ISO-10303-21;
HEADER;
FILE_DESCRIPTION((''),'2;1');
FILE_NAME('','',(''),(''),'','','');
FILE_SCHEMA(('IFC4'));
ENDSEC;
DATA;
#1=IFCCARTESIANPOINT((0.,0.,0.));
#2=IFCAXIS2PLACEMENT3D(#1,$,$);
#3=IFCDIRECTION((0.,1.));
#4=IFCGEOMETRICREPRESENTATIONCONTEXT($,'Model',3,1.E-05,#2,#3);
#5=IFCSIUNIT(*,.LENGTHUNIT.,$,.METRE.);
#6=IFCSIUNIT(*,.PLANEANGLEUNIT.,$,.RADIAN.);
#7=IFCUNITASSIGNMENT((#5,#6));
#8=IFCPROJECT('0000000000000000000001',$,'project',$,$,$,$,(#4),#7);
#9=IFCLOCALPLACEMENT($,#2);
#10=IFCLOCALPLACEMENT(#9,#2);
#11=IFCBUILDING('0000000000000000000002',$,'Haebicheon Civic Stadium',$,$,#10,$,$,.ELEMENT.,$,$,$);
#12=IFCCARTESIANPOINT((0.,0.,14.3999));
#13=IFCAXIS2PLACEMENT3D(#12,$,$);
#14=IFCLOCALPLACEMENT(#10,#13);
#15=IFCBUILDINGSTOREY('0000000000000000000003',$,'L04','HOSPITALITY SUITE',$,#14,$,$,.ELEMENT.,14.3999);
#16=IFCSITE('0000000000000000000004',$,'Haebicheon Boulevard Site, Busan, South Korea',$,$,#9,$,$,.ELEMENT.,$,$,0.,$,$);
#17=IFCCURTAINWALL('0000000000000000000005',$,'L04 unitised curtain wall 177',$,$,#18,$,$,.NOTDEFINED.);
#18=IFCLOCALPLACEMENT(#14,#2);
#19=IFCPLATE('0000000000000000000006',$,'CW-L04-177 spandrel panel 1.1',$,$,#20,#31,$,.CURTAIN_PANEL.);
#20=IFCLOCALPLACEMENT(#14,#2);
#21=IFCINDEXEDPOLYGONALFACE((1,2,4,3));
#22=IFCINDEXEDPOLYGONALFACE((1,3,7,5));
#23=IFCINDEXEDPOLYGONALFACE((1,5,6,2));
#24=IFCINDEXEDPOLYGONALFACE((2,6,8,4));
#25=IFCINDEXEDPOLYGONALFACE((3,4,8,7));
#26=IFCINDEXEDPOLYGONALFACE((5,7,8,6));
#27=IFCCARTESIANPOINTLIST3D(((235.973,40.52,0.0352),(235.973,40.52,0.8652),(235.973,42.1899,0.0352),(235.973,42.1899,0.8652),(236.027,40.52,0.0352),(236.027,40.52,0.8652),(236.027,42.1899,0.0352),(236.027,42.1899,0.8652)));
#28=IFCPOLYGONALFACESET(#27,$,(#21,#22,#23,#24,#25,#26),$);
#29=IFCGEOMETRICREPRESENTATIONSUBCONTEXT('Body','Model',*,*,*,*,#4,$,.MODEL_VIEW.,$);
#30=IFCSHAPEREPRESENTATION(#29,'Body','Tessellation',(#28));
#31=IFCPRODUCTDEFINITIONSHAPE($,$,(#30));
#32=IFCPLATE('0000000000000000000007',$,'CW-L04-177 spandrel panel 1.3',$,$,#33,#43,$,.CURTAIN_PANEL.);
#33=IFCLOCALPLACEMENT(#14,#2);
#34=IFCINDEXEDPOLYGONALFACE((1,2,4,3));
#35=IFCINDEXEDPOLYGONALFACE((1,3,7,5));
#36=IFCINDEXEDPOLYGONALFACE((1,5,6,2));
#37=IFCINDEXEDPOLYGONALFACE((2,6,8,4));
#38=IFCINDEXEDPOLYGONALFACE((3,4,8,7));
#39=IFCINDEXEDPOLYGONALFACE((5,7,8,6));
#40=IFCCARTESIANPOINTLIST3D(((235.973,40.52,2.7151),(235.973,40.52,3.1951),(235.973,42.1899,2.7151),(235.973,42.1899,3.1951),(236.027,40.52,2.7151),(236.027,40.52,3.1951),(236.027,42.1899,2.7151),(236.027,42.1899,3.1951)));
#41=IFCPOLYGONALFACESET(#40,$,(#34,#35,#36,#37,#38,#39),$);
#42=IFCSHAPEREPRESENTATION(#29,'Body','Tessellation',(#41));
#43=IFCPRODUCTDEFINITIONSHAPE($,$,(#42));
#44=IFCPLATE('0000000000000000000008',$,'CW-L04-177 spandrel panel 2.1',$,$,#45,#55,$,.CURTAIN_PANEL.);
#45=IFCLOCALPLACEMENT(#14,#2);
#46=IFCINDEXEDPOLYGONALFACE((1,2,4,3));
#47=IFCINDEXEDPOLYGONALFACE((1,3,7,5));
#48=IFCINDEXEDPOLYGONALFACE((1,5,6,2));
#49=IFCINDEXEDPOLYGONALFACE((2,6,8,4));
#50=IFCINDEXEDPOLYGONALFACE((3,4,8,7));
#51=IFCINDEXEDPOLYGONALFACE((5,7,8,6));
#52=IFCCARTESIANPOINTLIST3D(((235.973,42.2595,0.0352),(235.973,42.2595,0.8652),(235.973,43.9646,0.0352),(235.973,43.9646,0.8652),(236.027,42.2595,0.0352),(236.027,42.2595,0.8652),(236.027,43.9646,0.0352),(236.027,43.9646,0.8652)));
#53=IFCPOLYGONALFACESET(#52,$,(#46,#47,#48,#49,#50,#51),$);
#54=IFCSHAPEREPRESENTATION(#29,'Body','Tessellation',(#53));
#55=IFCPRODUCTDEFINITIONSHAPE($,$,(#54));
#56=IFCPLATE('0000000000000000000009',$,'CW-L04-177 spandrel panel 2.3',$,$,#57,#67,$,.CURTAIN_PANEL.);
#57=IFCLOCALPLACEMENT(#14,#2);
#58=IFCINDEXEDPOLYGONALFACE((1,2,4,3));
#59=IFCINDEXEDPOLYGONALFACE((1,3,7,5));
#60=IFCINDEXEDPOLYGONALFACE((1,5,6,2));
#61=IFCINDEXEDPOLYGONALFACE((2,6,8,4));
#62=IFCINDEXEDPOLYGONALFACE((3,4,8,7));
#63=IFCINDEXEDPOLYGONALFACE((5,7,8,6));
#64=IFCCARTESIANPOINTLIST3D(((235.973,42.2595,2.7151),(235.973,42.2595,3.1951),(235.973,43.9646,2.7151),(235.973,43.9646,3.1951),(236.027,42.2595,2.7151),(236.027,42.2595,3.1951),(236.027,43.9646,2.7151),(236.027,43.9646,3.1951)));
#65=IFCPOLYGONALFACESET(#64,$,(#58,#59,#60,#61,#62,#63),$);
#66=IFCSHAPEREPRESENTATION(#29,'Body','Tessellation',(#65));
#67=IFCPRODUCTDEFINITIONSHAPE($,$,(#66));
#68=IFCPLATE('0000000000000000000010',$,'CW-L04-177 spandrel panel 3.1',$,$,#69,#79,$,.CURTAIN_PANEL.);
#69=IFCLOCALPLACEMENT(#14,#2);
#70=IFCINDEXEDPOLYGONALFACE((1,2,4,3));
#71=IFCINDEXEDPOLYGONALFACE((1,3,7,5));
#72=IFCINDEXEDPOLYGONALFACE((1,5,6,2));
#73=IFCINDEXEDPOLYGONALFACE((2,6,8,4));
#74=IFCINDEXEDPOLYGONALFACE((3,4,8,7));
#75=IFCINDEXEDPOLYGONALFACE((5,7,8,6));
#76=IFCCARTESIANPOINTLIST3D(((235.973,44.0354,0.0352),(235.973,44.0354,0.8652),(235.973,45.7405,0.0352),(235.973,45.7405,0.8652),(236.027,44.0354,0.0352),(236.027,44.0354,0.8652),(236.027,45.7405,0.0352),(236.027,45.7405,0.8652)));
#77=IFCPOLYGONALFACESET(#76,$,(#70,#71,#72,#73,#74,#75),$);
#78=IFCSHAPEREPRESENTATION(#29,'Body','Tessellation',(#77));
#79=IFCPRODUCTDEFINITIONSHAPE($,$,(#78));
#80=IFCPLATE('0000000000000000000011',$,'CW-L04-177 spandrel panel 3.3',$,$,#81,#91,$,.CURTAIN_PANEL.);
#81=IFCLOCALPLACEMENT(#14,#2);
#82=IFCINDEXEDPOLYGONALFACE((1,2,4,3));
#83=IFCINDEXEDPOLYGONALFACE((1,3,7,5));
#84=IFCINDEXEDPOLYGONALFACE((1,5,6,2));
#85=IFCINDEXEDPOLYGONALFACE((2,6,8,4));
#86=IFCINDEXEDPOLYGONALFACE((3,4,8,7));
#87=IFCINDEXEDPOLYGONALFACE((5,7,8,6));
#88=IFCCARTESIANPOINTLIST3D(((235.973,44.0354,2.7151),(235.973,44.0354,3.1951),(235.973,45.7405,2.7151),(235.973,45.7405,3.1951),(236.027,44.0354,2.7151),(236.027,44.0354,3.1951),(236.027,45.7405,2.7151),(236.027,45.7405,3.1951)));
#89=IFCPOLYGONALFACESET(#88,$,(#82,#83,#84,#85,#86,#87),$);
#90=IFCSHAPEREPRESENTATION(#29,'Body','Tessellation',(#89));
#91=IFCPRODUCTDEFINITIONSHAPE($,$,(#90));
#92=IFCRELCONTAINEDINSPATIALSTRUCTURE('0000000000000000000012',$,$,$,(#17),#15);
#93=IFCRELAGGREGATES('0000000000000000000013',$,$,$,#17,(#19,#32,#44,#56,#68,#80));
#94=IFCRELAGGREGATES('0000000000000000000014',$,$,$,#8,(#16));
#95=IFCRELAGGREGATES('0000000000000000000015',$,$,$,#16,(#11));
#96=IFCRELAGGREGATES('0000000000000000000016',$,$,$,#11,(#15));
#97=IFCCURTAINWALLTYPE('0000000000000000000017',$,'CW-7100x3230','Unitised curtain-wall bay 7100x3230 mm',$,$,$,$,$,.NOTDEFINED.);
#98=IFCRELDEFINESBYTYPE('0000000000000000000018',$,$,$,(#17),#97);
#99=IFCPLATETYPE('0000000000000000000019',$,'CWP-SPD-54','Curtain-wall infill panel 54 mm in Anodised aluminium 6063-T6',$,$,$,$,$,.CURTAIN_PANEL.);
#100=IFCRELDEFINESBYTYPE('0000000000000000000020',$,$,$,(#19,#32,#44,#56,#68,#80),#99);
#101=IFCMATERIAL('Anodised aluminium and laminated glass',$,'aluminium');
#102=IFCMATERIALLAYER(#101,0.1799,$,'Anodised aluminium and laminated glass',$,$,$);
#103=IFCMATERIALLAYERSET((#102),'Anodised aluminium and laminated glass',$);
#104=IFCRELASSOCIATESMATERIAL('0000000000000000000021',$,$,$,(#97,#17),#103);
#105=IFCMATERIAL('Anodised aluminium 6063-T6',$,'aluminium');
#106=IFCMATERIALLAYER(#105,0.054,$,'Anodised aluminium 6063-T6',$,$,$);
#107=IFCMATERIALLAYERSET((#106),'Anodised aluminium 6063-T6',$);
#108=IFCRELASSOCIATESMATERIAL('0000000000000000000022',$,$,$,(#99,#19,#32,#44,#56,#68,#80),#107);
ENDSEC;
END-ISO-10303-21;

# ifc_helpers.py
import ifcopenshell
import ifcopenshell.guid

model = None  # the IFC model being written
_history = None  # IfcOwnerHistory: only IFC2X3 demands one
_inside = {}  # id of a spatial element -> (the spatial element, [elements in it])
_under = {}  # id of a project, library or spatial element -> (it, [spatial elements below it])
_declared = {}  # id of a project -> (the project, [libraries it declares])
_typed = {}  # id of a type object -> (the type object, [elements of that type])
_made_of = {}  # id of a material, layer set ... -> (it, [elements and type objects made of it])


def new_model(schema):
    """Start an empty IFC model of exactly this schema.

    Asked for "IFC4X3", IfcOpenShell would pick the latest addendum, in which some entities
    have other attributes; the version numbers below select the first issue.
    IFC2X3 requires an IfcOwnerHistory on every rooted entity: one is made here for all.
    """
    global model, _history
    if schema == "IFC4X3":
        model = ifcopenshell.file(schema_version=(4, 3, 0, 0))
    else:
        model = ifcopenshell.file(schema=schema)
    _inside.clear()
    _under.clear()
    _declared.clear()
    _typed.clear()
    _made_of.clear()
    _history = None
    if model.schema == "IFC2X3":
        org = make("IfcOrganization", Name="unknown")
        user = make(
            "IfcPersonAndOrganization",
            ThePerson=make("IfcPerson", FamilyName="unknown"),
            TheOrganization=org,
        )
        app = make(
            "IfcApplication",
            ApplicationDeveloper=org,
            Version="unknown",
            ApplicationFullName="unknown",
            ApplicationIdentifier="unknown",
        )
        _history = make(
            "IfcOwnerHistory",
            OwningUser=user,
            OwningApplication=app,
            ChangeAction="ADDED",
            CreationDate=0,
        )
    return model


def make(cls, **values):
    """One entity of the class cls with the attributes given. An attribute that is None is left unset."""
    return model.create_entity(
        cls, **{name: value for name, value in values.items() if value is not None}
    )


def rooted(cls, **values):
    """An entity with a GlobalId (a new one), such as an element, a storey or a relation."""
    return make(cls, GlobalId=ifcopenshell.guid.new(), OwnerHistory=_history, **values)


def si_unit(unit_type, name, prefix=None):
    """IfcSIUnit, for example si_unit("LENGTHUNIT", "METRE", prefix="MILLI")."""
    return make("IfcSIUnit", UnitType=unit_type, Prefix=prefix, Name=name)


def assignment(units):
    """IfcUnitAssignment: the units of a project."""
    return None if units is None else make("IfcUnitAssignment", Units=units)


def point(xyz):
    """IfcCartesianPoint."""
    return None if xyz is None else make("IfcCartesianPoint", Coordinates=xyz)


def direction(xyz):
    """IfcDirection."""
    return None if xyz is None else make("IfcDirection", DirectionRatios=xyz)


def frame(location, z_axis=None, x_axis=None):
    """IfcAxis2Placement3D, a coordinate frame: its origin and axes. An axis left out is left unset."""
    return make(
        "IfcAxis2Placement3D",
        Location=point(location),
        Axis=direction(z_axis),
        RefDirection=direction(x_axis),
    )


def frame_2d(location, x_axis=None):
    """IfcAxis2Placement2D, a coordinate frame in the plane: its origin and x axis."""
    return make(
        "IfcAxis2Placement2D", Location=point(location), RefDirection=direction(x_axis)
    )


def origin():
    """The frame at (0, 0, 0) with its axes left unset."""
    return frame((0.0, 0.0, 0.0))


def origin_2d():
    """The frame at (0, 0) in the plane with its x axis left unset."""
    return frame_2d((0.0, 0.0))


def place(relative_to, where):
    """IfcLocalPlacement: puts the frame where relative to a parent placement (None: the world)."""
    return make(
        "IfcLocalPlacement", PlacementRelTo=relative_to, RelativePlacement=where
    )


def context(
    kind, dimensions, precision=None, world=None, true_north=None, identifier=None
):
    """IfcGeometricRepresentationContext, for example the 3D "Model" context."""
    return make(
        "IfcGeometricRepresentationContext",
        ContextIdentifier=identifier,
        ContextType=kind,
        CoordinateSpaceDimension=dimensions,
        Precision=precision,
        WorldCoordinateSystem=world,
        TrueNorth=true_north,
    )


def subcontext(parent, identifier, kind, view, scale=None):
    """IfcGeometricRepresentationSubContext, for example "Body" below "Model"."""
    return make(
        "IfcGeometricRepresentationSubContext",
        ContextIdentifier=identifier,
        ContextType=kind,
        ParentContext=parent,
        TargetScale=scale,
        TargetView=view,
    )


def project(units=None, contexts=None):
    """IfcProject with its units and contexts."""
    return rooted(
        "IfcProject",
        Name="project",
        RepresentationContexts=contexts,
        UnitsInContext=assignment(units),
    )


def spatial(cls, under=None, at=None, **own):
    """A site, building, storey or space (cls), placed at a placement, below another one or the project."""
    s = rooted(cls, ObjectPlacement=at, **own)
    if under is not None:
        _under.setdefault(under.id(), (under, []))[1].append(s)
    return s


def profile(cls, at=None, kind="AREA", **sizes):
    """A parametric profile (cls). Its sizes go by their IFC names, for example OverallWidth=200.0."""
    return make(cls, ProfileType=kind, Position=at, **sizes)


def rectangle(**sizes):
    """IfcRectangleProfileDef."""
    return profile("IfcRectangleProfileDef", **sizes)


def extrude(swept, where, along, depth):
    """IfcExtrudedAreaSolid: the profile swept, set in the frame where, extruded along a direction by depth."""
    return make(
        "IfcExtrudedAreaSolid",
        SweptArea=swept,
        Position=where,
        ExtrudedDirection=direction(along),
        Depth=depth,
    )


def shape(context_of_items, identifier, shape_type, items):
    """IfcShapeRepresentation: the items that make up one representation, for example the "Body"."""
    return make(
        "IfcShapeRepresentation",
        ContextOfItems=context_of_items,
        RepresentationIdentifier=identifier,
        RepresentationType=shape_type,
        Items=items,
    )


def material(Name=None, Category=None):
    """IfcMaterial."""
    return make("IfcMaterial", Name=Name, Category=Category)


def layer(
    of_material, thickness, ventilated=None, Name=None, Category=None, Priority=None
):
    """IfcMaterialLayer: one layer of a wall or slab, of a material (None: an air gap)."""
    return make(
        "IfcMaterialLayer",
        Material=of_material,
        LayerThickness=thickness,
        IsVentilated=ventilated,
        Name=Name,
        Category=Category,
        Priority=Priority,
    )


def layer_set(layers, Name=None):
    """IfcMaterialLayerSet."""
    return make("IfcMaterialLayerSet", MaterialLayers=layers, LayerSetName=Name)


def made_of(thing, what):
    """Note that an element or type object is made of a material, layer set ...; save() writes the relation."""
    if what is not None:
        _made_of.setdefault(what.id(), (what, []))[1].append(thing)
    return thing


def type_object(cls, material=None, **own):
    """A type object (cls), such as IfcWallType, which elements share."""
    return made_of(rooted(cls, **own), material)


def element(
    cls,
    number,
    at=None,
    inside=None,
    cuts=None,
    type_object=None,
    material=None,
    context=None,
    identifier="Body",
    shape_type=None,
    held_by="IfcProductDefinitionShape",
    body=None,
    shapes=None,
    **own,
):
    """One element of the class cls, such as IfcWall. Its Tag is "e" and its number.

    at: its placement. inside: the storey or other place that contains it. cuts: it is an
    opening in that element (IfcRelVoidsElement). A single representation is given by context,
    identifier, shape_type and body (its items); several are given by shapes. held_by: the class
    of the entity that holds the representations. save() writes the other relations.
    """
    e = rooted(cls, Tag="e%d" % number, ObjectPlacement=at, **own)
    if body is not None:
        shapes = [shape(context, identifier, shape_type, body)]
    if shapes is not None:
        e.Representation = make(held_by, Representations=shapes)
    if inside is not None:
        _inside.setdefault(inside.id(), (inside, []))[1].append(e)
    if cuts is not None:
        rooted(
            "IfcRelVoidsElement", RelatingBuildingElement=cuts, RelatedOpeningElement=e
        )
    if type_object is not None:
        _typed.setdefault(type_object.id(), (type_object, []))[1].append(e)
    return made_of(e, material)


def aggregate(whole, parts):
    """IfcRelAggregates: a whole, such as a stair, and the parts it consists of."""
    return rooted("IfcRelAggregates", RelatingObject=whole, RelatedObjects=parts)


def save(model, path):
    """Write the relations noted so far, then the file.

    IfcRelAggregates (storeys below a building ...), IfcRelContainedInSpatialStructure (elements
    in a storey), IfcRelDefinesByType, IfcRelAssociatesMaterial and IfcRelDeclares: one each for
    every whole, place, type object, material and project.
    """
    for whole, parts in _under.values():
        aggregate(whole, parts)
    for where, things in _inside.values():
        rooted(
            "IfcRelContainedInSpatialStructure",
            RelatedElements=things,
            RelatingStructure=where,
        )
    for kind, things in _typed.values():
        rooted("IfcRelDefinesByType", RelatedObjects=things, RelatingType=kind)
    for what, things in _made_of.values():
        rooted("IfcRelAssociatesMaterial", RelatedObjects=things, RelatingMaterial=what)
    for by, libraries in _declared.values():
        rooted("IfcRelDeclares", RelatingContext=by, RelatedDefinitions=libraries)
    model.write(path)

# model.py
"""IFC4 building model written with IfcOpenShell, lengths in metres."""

from ifc_helpers import new_model, si_unit, direction, frame, origin, origin_2d, place, context, subcontext, project, spatial, rectangle, extrude, material, layer, layer_set, type_object, element, aggregate, save


model = new_model("IFC4")

# Units and contexts
model_context = context("Model", 3, precision=1e-05, world=origin(), true_north=direction((0.0, 1.0)))
body_context = subcontext(model_context, "Body", "Model", "MODEL_VIEW")
ifc_project = project(units=[si_unit("LENGTHUNIT", "METRE"), si_unit("PLANEANGLEUNIT", "RADIAN")], contexts=[model_context])

# Site, building, storey
site_placement = place(None, origin())
site = spatial("IfcSite", under=ifc_project, at=site_placement, Name="Haebicheon Boulevard Site, Busan, South Korea", CompositionType="ELEMENT", RefElevation=0.0)
building_placement = place(site_placement, origin())
building = spatial("IfcBuilding", under=site, at=building_placement, Name="Haebicheon Civic Stadium", CompositionType="ELEMENT")
storey_placement = place(building_placement, frame((0.0, 0.0, 14.3999)))
storey = spatial("IfcBuildingStorey", under=building, at=storey_placement, Name="L04", Description="HOSPITALITY SUITE", CompositionType="ELEMENT", Elevation=14.3999)

# Curtain wall, plates
ifc_material_1 = material(Name="Anodised aluminium and laminated glass", Category="aluminium")
ifc_layer_1 = layer(ifc_material_1, 0.1799, Name="Anodised aluminium and laminated glass")
ifc_layer_set_1 = layer_set([ifc_layer_1], Name="Anodised aluminium and laminated glass")
curtain_wall_type = type_object("IfcCurtainWallType", Name="CW-7100x3230", Description="Unitised curtain-wall bay 7100x3230 mm", PredefinedType="NOTDEFINED", material=ifc_layer_set_1)
curtain_wall_placement = place(storey_placement, origin())
curtain_wall = element("IfcCurtainWall", 1, at=curtain_wall_placement, inside=storey, type_object=curtain_wall_type, material=ifc_layer_set_1, Name="L04 unitised curtain wall 177", PredefinedType="NOTDEFINED")
ifc_material_2 = material(Name="Anodised aluminium 6063-T6", Category="aluminium")
ifc_layer_2 = layer(ifc_material_2, 0.054, Name="Anodised aluminium 6063-T6")
ifc_layer_set_2 = layer_set([ifc_layer_2], Name="Anodised aluminium 6063-T6")
plate_type_1 = type_object("IfcPlateType", Name="CWP-SPD-54", Description="Curtain-wall infill panel 54 mm in Anodised aluminium 6063-T6", PredefinedType="CURTAIN_PANEL", material=ifc_layer_set_2)
plate_1_placement = place(storey_placement, frame((236.0, 41.355, 0.0352), z_axis=(0.0, 0.0, 1.0), x_axis=(0.0, 1.0, 0.0)))
plate_1 = element("IfcPlate", 2, at=plate_1_placement, type_object=plate_type_1, material=ifc_layer_set_2, Name="CW-L04-177 spandrel panel 1.1", PredefinedType="CURTAIN_PANEL", context=body_context, shape_type="SweptSolid", body=[
    extrude(rectangle(XDim=1.6699, YDim=0.054, at=origin_2d()), origin(), (0.0, 0.0, 1.0), 0.8301),
])
plate_2_placement = place(storey_placement, frame((236.0, 41.355, 2.7151), z_axis=(0.0, 0.0, 1.0), x_axis=(0.0, 1.0, 0.0)))
plate_2 = element("IfcPlate", 3, at=plate_2_placement, type_object=plate_type_1, material=ifc_layer_set_2, Name="CW-L04-177 spandrel panel 1.3", PredefinedType="CURTAIN_PANEL", context=body_context, shape_type="SweptSolid", body=[
    extrude(rectangle(XDim=1.6699, YDim=0.054, at=origin_2d()), origin(), (0.0, 0.0, 1.0), 0.48),
])
plate_3_placement = place(storey_placement, frame((236.0, 43.1121, 0.0352), z_axis=(0.0, 0.0, 1.0), x_axis=(0.0, 1.0, 0.0)))
plate_3 = element("IfcPlate", 4, at=plate_3_placement, type_object=plate_type_1, material=ifc_layer_set_2, Name="CW-L04-177 spandrel panel 2.1", PredefinedType="CURTAIN_PANEL", context=body_context, shape_type="SweptSolid", body=[
    extrude(rectangle(XDim=1.7051, YDim=0.054, at=origin_2d()), origin(), (0.0, 0.0, 1.0), 0.8301),
])
plate_4_placement = place(storey_placement, frame((236.0, 43.1121, 2.7151), z_axis=(0.0, 0.0, 1.0), x_axis=(0.0, 1.0, 0.0)))
plate_4 = element("IfcPlate", 5, at=plate_4_placement, type_object=plate_type_1, material=ifc_layer_set_2, Name="CW-L04-177 spandrel panel 2.3", PredefinedType="CURTAIN_PANEL", context=body_context, shape_type="SweptSolid", body=[
    extrude(rectangle(XDim=1.7051, YDim=0.054, at=origin_2d()), origin(), (0.0, 0.0, 1.0), 0.48),
])
plate_5_placement = place(storey_placement, frame((236.0, 44.8879, 0.0352), z_axis=(0.0, 0.0, 1.0), x_axis=(0.0, 1.0, 0.0)))
plate_5 = element("IfcPlate", 6, at=plate_5_placement, type_object=plate_type_1, material=ifc_layer_set_2, Name="CW-L04-177 spandrel panel 3.1", PredefinedType="CURTAIN_PANEL", context=body_context, shape_type="SweptSolid", body=[
    extrude(rectangle(XDim=1.7051, YDim=0.054, at=origin_2d()), origin(), (0.0, 0.0, 1.0), 0.8301),
])
plate_6_placement = place(storey_placement, frame((236.0, 44.8879, 2.7151), z_axis=(0.0, 0.0, 1.0), x_axis=(0.0, 1.0, 0.0)))
plate_6 = element("IfcPlate", 7, at=plate_6_placement, type_object=plate_type_1, material=ifc_layer_set_2, Name="CW-L04-177 spandrel panel 3.3", PredefinedType="CURTAIN_PANEL", context=body_context, shape_type="SweptSolid", body=[
    extrude(rectangle(XDim=1.7051, YDim=0.054, at=origin_2d()), origin(), (0.0, 0.0, 1.0), 0.48),
])
aggregate(curtain_wall, [plate_1, plate_2, plate_3, plate_4, plate_5, plate_6])

save(model, "model.ifc")
